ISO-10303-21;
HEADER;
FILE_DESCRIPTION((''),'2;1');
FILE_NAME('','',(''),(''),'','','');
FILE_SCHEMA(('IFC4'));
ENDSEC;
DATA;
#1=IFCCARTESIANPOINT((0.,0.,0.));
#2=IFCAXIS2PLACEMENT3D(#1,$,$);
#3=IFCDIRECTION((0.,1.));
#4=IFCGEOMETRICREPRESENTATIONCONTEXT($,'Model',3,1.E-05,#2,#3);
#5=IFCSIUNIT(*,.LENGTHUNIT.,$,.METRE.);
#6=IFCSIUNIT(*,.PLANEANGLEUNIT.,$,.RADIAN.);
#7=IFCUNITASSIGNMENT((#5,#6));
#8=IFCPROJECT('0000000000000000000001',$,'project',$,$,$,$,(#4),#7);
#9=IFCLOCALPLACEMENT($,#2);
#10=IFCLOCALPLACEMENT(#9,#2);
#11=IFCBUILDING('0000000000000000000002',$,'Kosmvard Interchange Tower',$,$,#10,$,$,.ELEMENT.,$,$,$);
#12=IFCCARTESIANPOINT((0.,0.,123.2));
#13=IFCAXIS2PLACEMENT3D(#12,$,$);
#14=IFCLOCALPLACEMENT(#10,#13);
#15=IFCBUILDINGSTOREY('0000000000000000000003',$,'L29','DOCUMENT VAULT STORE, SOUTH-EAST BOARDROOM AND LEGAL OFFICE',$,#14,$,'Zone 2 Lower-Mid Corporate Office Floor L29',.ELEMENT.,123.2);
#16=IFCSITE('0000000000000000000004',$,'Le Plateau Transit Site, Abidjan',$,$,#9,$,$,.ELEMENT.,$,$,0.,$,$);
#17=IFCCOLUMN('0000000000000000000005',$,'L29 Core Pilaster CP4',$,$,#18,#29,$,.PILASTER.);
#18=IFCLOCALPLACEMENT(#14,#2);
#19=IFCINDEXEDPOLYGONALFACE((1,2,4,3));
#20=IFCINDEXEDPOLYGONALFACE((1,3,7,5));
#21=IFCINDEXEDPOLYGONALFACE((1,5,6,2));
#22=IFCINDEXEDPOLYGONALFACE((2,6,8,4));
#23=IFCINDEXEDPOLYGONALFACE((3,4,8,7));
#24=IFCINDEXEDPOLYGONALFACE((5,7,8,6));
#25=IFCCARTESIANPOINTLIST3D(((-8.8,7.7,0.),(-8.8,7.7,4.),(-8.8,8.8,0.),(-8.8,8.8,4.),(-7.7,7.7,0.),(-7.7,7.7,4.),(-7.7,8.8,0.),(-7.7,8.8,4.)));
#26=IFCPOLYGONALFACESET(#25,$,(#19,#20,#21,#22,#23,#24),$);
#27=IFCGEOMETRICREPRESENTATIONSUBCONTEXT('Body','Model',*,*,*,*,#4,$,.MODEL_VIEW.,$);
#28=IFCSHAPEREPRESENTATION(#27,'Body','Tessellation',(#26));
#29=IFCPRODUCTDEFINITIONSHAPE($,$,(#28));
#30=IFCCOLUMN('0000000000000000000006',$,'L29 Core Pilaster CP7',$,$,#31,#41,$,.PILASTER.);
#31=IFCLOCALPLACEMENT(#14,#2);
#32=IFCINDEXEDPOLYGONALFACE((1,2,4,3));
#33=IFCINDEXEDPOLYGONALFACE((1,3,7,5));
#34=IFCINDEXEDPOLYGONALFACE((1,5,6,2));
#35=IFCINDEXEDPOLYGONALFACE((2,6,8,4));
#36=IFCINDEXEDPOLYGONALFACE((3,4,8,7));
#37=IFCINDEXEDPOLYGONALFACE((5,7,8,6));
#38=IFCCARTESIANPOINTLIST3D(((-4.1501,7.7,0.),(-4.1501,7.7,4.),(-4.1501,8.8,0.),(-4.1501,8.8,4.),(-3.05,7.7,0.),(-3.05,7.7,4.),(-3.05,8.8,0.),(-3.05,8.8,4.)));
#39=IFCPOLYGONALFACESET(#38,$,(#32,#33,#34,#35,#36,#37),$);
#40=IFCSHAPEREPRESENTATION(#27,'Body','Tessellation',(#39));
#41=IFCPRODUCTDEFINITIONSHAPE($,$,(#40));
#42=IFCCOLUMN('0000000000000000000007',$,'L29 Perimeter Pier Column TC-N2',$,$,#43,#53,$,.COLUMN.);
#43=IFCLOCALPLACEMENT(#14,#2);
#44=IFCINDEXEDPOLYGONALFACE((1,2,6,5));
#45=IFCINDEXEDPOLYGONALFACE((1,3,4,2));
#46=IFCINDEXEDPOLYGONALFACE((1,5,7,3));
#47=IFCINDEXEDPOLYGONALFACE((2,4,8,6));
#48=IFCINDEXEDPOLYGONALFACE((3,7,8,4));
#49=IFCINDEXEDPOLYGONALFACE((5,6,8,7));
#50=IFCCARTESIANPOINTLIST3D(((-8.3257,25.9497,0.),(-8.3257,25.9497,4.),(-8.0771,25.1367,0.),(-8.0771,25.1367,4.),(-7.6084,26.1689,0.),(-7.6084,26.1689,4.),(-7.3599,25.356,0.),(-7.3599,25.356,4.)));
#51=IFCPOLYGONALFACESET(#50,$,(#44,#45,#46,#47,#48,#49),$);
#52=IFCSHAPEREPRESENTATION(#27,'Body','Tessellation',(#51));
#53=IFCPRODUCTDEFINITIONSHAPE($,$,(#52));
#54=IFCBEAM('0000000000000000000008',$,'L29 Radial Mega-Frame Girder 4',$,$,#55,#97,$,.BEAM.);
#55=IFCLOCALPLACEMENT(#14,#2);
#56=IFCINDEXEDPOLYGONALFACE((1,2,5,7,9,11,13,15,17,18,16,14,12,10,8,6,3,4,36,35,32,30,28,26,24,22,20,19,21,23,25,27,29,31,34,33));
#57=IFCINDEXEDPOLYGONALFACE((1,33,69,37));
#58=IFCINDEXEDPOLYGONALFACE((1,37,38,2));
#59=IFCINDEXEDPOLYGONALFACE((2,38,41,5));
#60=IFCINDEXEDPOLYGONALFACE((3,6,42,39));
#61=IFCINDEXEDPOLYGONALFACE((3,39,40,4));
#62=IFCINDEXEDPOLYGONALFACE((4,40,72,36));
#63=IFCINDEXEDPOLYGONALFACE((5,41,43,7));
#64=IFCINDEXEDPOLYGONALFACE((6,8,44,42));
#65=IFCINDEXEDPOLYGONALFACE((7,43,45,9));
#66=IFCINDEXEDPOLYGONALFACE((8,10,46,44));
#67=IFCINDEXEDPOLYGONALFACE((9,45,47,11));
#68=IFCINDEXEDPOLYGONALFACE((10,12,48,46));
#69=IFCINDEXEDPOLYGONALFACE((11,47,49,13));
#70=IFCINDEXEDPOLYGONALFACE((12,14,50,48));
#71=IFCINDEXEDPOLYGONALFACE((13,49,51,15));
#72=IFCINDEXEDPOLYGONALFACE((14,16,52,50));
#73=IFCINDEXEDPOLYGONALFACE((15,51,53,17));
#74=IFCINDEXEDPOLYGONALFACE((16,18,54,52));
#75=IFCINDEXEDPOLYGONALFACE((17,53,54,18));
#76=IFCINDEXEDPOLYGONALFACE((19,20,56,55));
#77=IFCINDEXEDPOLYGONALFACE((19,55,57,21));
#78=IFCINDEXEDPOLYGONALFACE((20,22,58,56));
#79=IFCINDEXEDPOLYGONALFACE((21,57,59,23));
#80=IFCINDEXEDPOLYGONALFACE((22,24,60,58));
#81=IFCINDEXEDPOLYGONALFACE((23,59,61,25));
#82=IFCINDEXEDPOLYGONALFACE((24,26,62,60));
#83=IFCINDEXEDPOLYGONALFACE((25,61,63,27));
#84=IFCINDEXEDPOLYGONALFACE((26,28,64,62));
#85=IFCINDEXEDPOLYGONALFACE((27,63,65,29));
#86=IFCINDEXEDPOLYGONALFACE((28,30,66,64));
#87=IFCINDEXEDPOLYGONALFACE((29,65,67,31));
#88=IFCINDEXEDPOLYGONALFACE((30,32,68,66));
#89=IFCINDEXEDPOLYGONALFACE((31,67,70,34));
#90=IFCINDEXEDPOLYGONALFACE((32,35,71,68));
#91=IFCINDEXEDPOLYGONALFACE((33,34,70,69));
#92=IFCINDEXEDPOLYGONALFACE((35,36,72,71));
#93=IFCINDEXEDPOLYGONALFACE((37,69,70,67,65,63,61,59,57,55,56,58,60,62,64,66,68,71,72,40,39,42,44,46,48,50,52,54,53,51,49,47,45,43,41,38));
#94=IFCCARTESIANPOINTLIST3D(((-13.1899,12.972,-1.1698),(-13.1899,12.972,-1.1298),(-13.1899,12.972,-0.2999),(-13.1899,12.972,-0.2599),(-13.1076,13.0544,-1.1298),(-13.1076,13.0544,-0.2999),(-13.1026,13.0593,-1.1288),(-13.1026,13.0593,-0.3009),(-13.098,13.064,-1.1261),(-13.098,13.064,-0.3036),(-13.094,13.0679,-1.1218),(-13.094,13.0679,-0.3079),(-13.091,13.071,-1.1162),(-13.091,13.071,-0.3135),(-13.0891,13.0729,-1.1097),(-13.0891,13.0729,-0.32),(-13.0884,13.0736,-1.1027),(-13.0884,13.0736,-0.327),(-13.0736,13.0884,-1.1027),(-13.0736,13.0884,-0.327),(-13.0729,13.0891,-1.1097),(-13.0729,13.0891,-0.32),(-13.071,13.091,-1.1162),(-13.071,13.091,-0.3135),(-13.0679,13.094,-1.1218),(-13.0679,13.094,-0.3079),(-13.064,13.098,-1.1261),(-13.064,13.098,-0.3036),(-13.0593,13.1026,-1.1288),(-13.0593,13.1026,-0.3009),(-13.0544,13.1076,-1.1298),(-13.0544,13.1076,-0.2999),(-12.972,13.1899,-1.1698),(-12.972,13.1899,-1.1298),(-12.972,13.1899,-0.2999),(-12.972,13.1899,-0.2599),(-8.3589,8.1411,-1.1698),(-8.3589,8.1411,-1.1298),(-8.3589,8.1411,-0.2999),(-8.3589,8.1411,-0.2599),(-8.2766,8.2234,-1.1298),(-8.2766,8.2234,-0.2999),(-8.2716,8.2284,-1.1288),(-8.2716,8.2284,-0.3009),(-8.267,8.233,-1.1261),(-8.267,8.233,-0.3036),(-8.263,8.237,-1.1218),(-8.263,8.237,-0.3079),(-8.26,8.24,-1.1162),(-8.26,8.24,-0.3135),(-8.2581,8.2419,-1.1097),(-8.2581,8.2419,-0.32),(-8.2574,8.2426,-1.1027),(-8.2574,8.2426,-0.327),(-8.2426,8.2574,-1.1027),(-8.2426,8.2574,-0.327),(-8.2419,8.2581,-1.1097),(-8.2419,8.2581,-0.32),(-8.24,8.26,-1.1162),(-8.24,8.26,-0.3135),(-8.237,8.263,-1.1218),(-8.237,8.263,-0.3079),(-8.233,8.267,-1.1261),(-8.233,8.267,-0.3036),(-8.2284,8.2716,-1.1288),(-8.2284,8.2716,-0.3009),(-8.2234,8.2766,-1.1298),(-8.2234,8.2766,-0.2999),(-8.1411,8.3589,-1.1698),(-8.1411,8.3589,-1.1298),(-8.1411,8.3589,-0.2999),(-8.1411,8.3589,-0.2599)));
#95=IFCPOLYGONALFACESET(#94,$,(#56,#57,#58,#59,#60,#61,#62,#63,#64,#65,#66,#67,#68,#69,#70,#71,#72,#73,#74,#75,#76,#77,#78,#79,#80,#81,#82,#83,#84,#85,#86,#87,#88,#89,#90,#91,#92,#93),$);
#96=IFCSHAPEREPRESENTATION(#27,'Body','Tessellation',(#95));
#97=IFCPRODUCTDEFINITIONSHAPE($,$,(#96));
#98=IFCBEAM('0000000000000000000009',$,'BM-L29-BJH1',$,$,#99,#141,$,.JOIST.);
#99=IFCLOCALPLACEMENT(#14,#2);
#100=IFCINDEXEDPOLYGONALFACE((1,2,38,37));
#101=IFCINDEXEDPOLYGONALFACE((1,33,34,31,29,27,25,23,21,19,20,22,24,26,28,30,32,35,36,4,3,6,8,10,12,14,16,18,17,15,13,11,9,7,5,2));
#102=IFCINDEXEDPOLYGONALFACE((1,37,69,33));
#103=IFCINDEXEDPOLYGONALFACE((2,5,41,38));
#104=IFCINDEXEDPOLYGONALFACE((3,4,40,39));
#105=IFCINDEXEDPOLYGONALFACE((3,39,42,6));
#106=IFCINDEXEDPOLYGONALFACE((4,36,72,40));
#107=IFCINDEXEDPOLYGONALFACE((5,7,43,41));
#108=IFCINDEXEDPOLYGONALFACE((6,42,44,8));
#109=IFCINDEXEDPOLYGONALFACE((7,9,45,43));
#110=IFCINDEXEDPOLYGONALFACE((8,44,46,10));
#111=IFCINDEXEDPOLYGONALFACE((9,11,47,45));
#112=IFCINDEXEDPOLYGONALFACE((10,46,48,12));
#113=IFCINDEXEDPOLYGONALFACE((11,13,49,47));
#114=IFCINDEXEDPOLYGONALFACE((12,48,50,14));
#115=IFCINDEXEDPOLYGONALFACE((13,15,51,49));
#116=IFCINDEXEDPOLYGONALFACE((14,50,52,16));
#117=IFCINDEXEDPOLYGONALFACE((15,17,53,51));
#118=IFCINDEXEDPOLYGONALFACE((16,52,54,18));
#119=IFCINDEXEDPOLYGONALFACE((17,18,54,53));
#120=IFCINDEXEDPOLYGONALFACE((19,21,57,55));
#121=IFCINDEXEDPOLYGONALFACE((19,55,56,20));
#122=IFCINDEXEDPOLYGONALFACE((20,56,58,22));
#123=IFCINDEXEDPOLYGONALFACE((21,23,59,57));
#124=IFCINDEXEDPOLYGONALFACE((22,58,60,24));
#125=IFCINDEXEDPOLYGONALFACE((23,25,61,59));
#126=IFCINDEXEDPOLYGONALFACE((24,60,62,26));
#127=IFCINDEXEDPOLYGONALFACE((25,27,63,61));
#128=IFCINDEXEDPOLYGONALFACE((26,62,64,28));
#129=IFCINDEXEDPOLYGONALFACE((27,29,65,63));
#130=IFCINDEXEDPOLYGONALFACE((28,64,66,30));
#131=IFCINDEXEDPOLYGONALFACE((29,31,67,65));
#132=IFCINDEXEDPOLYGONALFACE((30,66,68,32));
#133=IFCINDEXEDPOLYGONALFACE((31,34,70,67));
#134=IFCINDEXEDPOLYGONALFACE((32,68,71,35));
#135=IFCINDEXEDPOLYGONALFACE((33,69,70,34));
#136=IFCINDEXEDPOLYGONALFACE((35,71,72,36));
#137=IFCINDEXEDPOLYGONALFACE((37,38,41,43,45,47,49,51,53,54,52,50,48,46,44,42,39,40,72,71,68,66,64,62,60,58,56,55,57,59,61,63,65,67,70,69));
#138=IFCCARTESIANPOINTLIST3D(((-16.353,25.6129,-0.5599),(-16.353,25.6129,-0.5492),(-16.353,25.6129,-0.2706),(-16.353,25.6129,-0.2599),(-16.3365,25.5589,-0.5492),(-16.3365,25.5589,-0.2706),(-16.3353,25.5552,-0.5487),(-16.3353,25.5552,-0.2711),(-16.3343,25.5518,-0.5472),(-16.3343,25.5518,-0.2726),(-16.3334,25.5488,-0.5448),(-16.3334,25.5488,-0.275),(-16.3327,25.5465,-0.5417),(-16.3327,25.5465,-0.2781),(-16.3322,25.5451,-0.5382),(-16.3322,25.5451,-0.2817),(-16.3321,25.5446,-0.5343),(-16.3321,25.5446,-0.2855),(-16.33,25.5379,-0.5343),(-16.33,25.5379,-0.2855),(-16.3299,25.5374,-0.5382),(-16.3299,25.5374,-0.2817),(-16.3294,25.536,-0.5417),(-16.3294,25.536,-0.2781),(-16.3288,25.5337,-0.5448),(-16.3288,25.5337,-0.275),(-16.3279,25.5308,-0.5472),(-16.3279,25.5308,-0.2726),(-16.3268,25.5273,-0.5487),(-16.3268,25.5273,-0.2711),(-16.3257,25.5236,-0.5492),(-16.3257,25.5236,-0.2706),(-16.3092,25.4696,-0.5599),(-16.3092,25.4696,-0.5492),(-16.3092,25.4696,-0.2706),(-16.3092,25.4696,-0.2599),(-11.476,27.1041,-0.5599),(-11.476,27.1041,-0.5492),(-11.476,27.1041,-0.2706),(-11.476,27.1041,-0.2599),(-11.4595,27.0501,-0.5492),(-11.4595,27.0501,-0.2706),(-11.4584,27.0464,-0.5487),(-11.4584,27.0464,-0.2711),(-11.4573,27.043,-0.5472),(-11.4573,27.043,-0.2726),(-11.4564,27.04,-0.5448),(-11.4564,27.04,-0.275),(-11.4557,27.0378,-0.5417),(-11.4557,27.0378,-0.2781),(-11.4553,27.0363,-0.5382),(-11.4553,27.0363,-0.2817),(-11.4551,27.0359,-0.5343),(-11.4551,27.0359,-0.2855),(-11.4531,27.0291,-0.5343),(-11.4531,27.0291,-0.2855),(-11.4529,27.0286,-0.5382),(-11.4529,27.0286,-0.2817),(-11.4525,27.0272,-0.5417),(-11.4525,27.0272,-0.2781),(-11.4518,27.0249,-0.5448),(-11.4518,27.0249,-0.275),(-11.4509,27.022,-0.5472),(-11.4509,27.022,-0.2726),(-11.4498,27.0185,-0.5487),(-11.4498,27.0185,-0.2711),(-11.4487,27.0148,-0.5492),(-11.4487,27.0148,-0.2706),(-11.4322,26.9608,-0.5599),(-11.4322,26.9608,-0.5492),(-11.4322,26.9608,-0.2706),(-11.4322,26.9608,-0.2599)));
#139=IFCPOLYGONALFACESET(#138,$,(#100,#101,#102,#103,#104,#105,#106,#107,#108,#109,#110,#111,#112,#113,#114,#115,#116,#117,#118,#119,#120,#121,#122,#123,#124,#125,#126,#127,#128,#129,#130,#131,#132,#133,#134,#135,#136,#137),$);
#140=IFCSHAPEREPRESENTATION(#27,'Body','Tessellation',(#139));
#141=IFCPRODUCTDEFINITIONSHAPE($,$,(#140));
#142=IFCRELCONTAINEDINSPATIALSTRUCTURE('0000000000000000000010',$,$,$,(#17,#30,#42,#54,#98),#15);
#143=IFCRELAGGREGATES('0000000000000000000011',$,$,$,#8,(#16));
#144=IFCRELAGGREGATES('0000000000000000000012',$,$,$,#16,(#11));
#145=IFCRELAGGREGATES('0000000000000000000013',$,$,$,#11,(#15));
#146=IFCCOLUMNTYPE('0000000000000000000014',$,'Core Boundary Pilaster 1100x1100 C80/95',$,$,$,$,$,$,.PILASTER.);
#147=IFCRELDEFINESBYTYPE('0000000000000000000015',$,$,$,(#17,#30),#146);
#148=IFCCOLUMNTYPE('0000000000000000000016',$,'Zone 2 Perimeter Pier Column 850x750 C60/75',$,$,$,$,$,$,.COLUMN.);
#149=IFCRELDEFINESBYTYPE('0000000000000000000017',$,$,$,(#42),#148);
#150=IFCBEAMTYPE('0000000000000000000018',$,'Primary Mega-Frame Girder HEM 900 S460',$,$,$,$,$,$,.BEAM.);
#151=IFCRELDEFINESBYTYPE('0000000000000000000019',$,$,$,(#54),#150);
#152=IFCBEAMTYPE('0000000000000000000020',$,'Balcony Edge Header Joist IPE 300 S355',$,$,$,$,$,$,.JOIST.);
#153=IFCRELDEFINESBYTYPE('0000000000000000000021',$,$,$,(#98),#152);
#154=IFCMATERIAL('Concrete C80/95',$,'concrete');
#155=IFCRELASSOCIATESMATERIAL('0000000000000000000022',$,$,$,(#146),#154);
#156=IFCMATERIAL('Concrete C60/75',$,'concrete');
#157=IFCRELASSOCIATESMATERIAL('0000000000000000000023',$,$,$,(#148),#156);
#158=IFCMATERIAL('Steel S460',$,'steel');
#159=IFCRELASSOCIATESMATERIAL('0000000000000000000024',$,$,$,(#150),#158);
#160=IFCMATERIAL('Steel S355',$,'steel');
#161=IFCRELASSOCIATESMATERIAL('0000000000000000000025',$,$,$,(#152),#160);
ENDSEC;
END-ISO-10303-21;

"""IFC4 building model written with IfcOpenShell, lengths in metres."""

from ifc_helpers import new_model, si_unit, direction, frame, origin, origin_2d, place, context, subcontext, project, spatial, rectangle, i_section, extrude, source, transform, mapped, material, material_profile, profile_set, type_object, element, save


model = new_model("IFC4")

# Units and contexts
model_context = context("Model", 3, precision=1e-05, world=origin(), true_north=direction((0.0, 1.0)))
body_context = subcontext(model_context, "Body", "Model", "MODEL_VIEW")
ifc_project = project(units=[si_unit("LENGTHUNIT", "METRE"), si_unit("PLANEANGLEUNIT", "RADIAN")], contexts=[model_context])

# Site, building, storey
site_placement = place(None, origin())
site = spatial("IfcSite", under=ifc_project, at=site_placement, Name="Le Plateau Transit Site, Abidjan", CompositionType="ELEMENT", RefElevation=0.0)
building_placement = place(site_placement, origin())
building = spatial("IfcBuilding", under=site, at=building_placement, Name="Kosmvard Interchange Tower", CompositionType="ELEMENT")
storey_placement = place(building_placement, frame((0.0, 0.0, 123.2)))
storey = spatial("IfcBuildingStorey", under=building, at=storey_placement, Name="L29", Description="DOCUMENT VAULT STORE, SOUTH-EAST BOARDROOM AND LEGAL OFFICE", LongName="Zone 2 Lower-Mid Corporate Office Floor L29", CompositionType="ELEMENT", Elevation=123.2)

# Columns
ifc_material_1 = material(Name="Concrete C80/95", Category="concrete")
ifc_material_profile_1 = material_profile(ifc_material_1, rectangle(XDim=1.1001, YDim=1.1001, at=origin_2d()), Name="CP 1100x1100")
ifc_profile_set_1 = profile_set([ifc_material_profile_1], Name="Concrete C80/95")
column_type_1 = type_object("IfcColumnType", Name="Core Boundary Pilaster 1100x1100 C80/95", PredefinedType="PILASTER", material=ifc_profile_set_1)
shared_shape_1 = source(origin(), body_context, "Body", "SweptSolid", [
    extrude(rectangle(XDim=1.1001, YDim=1.1001, at=origin_2d()), origin(), (0.0, 0.0, 1.0), 4.0),
])
for number, where, z_axis, x_axis, name in (
    (1, (-8.25, 8.25, 0.0), (0.0, 0.0, 1.0), (1.0, 0.0, 0.0), "L29 Core Pilaster CP4"),
    (2, (-3.6001, 8.25, 0.0), (0.0, 0.0, 1.0), (1.0, 0.0, 0.0), "L29 Core Pilaster CP7"),
):
    element("IfcColumn", number, at=place(storey_placement, frame(where, z_axis=z_axis, x_axis=x_axis)), inside=storey, type_object=column_type_1, Name=name, PredefinedType="PILASTER", context=body_context, shape_type="MappedRepresentation", body=[
        mapped(shared_shape_1, transform((0.0, 0.0, 0.0), scale=1.0)),
    ])
ifc_material_2 = material(Name="Concrete C60/75", Category="concrete")
ifc_material_profile_2 = material_profile(ifc_material_2, rectangle(XDim=0.75, YDim=0.8501, at=origin_2d()), Name="TC 850x750")
ifc_profile_set_2 = profile_set([ifc_material_profile_2], Name="Concrete C60/75")
column_type_2 = type_object("IfcColumnType", Name="Zone 2 Perimeter Pier Column 850x750 C60/75", PredefinedType="COLUMN", material=ifc_profile_set_2)
shared_shape_2 = source(origin(), body_context, "Body", "SweptSolid", [
    extrude(rectangle(XDim=0.75, YDim=0.8501, at=origin_2d()), origin(), (0.0, 0.0, 1.0), 4.0),
])
column_placement = place(storey_placement, frame((-7.8428, 25.6528, 0.0), z_axis=(0.0, 0.0, 1.0), x_axis=(0.956305, 0.292372, 0.0)))
element("IfcColumn", 3, at=column_placement, inside=storey, type_object=column_type_2, Name="L29 Perimeter Pier Column TC-N2", PredefinedType="COLUMN", context=body_context, shape_type="MappedRepresentation", body=[
    mapped(shared_shape_2, transform((0.0, 0.0, 0.0), scale=1.0)),
])

# Beams
ifc_material_3 = material(Name="Steel S460", Category="steel")
ifc_material_profile_3 = material_profile(ifc_material_3, i_section(OverallWidth=0.3081, OverallDepth=0.9099, WebThickness=0.021, FlangeThickness=0.04, FilletRadius=0.0271, at=origin_2d()), Name="HEM 900")
ifc_profile_set_3 = profile_set([ifc_material_profile_3], Name="Steel S460")
beam_type_1 = type_object("IfcBeamType", Name="Primary Mega-Frame Girder HEM 900 S460", PredefinedType="BEAM", material=ifc_profile_set_3)
shared_shape_3 = source(origin(), body_context, "Body", "SweptSolid", [
    extrude(i_section(OverallWidth=0.3081, OverallDepth=0.9099, WebThickness=0.021, FlangeThickness=0.04, FilletRadius=0.0271, at=origin_2d()), origin(), (0.0, 0.0, 1.0), 6.832),
])
beam_1_placement = place(storey_placement, frame((-8.25, 8.25, -0.7148), z_axis=(-0.707107, 0.707107, 0.0), x_axis=(-0.707107, -0.707107, 0.0)))
element("IfcBeam", 4, at=beam_1_placement, inside=storey, type_object=beam_type_1, Name="L29 Radial Mega-Frame Girder 4", PredefinedType="BEAM", context=body_context, shape_type="MappedRepresentation", body=[
    mapped(shared_shape_3, transform((0.0, 0.0, 0.0), scale=1.0)),
])
ifc_material_4 = material(Name="Steel S355", Category="steel")
ifc_material_profile_4 = material_profile(ifc_material_4, i_section(OverallWidth=0.1499, OverallDepth=0.3, WebThickness=0.0071, FlangeThickness=0.0107, FilletRadius=0.0149, at=origin_2d()), Name="IPE 300")
ifc_profile_set_4 = profile_set([ifc_material_profile_4], Name="Steel S355")
beam_type_2 = type_object("IfcBeamType", Name="Balcony Edge Header Joist IPE 300 S355", PredefinedType="JOIST", material=ifc_profile_set_4)
shared_shape_4 = source(origin(), body_context, "Body", "SweptSolid", [
    extrude(i_section(OverallWidth=0.1499, OverallDepth=0.3, WebThickness=0.0071, FlangeThickness=0.0107, FilletRadius=0.0149, at=origin_2d()), origin(), (0.0, 0.0, 1.0), 5.0999),
])
beam_2_placement = place(storey_placement, frame((-11.4541, 27.0325, -0.4099), z_axis=(-0.956295, -0.292403, 0.0), x_axis=(0.292403, -0.956295, 0.0)))
element("IfcBeam", 5, at=beam_2_placement, inside=storey, type_object=beam_type_2, Name="BM-L29-BJH1", PredefinedType="JOIST", context=body_context, shape_type="MappedRepresentation", body=[
    mapped(shared_shape_4, transform((0.0, 0.0, 0.0), scale=1.0)),
])

save(model, "model.ifc")
